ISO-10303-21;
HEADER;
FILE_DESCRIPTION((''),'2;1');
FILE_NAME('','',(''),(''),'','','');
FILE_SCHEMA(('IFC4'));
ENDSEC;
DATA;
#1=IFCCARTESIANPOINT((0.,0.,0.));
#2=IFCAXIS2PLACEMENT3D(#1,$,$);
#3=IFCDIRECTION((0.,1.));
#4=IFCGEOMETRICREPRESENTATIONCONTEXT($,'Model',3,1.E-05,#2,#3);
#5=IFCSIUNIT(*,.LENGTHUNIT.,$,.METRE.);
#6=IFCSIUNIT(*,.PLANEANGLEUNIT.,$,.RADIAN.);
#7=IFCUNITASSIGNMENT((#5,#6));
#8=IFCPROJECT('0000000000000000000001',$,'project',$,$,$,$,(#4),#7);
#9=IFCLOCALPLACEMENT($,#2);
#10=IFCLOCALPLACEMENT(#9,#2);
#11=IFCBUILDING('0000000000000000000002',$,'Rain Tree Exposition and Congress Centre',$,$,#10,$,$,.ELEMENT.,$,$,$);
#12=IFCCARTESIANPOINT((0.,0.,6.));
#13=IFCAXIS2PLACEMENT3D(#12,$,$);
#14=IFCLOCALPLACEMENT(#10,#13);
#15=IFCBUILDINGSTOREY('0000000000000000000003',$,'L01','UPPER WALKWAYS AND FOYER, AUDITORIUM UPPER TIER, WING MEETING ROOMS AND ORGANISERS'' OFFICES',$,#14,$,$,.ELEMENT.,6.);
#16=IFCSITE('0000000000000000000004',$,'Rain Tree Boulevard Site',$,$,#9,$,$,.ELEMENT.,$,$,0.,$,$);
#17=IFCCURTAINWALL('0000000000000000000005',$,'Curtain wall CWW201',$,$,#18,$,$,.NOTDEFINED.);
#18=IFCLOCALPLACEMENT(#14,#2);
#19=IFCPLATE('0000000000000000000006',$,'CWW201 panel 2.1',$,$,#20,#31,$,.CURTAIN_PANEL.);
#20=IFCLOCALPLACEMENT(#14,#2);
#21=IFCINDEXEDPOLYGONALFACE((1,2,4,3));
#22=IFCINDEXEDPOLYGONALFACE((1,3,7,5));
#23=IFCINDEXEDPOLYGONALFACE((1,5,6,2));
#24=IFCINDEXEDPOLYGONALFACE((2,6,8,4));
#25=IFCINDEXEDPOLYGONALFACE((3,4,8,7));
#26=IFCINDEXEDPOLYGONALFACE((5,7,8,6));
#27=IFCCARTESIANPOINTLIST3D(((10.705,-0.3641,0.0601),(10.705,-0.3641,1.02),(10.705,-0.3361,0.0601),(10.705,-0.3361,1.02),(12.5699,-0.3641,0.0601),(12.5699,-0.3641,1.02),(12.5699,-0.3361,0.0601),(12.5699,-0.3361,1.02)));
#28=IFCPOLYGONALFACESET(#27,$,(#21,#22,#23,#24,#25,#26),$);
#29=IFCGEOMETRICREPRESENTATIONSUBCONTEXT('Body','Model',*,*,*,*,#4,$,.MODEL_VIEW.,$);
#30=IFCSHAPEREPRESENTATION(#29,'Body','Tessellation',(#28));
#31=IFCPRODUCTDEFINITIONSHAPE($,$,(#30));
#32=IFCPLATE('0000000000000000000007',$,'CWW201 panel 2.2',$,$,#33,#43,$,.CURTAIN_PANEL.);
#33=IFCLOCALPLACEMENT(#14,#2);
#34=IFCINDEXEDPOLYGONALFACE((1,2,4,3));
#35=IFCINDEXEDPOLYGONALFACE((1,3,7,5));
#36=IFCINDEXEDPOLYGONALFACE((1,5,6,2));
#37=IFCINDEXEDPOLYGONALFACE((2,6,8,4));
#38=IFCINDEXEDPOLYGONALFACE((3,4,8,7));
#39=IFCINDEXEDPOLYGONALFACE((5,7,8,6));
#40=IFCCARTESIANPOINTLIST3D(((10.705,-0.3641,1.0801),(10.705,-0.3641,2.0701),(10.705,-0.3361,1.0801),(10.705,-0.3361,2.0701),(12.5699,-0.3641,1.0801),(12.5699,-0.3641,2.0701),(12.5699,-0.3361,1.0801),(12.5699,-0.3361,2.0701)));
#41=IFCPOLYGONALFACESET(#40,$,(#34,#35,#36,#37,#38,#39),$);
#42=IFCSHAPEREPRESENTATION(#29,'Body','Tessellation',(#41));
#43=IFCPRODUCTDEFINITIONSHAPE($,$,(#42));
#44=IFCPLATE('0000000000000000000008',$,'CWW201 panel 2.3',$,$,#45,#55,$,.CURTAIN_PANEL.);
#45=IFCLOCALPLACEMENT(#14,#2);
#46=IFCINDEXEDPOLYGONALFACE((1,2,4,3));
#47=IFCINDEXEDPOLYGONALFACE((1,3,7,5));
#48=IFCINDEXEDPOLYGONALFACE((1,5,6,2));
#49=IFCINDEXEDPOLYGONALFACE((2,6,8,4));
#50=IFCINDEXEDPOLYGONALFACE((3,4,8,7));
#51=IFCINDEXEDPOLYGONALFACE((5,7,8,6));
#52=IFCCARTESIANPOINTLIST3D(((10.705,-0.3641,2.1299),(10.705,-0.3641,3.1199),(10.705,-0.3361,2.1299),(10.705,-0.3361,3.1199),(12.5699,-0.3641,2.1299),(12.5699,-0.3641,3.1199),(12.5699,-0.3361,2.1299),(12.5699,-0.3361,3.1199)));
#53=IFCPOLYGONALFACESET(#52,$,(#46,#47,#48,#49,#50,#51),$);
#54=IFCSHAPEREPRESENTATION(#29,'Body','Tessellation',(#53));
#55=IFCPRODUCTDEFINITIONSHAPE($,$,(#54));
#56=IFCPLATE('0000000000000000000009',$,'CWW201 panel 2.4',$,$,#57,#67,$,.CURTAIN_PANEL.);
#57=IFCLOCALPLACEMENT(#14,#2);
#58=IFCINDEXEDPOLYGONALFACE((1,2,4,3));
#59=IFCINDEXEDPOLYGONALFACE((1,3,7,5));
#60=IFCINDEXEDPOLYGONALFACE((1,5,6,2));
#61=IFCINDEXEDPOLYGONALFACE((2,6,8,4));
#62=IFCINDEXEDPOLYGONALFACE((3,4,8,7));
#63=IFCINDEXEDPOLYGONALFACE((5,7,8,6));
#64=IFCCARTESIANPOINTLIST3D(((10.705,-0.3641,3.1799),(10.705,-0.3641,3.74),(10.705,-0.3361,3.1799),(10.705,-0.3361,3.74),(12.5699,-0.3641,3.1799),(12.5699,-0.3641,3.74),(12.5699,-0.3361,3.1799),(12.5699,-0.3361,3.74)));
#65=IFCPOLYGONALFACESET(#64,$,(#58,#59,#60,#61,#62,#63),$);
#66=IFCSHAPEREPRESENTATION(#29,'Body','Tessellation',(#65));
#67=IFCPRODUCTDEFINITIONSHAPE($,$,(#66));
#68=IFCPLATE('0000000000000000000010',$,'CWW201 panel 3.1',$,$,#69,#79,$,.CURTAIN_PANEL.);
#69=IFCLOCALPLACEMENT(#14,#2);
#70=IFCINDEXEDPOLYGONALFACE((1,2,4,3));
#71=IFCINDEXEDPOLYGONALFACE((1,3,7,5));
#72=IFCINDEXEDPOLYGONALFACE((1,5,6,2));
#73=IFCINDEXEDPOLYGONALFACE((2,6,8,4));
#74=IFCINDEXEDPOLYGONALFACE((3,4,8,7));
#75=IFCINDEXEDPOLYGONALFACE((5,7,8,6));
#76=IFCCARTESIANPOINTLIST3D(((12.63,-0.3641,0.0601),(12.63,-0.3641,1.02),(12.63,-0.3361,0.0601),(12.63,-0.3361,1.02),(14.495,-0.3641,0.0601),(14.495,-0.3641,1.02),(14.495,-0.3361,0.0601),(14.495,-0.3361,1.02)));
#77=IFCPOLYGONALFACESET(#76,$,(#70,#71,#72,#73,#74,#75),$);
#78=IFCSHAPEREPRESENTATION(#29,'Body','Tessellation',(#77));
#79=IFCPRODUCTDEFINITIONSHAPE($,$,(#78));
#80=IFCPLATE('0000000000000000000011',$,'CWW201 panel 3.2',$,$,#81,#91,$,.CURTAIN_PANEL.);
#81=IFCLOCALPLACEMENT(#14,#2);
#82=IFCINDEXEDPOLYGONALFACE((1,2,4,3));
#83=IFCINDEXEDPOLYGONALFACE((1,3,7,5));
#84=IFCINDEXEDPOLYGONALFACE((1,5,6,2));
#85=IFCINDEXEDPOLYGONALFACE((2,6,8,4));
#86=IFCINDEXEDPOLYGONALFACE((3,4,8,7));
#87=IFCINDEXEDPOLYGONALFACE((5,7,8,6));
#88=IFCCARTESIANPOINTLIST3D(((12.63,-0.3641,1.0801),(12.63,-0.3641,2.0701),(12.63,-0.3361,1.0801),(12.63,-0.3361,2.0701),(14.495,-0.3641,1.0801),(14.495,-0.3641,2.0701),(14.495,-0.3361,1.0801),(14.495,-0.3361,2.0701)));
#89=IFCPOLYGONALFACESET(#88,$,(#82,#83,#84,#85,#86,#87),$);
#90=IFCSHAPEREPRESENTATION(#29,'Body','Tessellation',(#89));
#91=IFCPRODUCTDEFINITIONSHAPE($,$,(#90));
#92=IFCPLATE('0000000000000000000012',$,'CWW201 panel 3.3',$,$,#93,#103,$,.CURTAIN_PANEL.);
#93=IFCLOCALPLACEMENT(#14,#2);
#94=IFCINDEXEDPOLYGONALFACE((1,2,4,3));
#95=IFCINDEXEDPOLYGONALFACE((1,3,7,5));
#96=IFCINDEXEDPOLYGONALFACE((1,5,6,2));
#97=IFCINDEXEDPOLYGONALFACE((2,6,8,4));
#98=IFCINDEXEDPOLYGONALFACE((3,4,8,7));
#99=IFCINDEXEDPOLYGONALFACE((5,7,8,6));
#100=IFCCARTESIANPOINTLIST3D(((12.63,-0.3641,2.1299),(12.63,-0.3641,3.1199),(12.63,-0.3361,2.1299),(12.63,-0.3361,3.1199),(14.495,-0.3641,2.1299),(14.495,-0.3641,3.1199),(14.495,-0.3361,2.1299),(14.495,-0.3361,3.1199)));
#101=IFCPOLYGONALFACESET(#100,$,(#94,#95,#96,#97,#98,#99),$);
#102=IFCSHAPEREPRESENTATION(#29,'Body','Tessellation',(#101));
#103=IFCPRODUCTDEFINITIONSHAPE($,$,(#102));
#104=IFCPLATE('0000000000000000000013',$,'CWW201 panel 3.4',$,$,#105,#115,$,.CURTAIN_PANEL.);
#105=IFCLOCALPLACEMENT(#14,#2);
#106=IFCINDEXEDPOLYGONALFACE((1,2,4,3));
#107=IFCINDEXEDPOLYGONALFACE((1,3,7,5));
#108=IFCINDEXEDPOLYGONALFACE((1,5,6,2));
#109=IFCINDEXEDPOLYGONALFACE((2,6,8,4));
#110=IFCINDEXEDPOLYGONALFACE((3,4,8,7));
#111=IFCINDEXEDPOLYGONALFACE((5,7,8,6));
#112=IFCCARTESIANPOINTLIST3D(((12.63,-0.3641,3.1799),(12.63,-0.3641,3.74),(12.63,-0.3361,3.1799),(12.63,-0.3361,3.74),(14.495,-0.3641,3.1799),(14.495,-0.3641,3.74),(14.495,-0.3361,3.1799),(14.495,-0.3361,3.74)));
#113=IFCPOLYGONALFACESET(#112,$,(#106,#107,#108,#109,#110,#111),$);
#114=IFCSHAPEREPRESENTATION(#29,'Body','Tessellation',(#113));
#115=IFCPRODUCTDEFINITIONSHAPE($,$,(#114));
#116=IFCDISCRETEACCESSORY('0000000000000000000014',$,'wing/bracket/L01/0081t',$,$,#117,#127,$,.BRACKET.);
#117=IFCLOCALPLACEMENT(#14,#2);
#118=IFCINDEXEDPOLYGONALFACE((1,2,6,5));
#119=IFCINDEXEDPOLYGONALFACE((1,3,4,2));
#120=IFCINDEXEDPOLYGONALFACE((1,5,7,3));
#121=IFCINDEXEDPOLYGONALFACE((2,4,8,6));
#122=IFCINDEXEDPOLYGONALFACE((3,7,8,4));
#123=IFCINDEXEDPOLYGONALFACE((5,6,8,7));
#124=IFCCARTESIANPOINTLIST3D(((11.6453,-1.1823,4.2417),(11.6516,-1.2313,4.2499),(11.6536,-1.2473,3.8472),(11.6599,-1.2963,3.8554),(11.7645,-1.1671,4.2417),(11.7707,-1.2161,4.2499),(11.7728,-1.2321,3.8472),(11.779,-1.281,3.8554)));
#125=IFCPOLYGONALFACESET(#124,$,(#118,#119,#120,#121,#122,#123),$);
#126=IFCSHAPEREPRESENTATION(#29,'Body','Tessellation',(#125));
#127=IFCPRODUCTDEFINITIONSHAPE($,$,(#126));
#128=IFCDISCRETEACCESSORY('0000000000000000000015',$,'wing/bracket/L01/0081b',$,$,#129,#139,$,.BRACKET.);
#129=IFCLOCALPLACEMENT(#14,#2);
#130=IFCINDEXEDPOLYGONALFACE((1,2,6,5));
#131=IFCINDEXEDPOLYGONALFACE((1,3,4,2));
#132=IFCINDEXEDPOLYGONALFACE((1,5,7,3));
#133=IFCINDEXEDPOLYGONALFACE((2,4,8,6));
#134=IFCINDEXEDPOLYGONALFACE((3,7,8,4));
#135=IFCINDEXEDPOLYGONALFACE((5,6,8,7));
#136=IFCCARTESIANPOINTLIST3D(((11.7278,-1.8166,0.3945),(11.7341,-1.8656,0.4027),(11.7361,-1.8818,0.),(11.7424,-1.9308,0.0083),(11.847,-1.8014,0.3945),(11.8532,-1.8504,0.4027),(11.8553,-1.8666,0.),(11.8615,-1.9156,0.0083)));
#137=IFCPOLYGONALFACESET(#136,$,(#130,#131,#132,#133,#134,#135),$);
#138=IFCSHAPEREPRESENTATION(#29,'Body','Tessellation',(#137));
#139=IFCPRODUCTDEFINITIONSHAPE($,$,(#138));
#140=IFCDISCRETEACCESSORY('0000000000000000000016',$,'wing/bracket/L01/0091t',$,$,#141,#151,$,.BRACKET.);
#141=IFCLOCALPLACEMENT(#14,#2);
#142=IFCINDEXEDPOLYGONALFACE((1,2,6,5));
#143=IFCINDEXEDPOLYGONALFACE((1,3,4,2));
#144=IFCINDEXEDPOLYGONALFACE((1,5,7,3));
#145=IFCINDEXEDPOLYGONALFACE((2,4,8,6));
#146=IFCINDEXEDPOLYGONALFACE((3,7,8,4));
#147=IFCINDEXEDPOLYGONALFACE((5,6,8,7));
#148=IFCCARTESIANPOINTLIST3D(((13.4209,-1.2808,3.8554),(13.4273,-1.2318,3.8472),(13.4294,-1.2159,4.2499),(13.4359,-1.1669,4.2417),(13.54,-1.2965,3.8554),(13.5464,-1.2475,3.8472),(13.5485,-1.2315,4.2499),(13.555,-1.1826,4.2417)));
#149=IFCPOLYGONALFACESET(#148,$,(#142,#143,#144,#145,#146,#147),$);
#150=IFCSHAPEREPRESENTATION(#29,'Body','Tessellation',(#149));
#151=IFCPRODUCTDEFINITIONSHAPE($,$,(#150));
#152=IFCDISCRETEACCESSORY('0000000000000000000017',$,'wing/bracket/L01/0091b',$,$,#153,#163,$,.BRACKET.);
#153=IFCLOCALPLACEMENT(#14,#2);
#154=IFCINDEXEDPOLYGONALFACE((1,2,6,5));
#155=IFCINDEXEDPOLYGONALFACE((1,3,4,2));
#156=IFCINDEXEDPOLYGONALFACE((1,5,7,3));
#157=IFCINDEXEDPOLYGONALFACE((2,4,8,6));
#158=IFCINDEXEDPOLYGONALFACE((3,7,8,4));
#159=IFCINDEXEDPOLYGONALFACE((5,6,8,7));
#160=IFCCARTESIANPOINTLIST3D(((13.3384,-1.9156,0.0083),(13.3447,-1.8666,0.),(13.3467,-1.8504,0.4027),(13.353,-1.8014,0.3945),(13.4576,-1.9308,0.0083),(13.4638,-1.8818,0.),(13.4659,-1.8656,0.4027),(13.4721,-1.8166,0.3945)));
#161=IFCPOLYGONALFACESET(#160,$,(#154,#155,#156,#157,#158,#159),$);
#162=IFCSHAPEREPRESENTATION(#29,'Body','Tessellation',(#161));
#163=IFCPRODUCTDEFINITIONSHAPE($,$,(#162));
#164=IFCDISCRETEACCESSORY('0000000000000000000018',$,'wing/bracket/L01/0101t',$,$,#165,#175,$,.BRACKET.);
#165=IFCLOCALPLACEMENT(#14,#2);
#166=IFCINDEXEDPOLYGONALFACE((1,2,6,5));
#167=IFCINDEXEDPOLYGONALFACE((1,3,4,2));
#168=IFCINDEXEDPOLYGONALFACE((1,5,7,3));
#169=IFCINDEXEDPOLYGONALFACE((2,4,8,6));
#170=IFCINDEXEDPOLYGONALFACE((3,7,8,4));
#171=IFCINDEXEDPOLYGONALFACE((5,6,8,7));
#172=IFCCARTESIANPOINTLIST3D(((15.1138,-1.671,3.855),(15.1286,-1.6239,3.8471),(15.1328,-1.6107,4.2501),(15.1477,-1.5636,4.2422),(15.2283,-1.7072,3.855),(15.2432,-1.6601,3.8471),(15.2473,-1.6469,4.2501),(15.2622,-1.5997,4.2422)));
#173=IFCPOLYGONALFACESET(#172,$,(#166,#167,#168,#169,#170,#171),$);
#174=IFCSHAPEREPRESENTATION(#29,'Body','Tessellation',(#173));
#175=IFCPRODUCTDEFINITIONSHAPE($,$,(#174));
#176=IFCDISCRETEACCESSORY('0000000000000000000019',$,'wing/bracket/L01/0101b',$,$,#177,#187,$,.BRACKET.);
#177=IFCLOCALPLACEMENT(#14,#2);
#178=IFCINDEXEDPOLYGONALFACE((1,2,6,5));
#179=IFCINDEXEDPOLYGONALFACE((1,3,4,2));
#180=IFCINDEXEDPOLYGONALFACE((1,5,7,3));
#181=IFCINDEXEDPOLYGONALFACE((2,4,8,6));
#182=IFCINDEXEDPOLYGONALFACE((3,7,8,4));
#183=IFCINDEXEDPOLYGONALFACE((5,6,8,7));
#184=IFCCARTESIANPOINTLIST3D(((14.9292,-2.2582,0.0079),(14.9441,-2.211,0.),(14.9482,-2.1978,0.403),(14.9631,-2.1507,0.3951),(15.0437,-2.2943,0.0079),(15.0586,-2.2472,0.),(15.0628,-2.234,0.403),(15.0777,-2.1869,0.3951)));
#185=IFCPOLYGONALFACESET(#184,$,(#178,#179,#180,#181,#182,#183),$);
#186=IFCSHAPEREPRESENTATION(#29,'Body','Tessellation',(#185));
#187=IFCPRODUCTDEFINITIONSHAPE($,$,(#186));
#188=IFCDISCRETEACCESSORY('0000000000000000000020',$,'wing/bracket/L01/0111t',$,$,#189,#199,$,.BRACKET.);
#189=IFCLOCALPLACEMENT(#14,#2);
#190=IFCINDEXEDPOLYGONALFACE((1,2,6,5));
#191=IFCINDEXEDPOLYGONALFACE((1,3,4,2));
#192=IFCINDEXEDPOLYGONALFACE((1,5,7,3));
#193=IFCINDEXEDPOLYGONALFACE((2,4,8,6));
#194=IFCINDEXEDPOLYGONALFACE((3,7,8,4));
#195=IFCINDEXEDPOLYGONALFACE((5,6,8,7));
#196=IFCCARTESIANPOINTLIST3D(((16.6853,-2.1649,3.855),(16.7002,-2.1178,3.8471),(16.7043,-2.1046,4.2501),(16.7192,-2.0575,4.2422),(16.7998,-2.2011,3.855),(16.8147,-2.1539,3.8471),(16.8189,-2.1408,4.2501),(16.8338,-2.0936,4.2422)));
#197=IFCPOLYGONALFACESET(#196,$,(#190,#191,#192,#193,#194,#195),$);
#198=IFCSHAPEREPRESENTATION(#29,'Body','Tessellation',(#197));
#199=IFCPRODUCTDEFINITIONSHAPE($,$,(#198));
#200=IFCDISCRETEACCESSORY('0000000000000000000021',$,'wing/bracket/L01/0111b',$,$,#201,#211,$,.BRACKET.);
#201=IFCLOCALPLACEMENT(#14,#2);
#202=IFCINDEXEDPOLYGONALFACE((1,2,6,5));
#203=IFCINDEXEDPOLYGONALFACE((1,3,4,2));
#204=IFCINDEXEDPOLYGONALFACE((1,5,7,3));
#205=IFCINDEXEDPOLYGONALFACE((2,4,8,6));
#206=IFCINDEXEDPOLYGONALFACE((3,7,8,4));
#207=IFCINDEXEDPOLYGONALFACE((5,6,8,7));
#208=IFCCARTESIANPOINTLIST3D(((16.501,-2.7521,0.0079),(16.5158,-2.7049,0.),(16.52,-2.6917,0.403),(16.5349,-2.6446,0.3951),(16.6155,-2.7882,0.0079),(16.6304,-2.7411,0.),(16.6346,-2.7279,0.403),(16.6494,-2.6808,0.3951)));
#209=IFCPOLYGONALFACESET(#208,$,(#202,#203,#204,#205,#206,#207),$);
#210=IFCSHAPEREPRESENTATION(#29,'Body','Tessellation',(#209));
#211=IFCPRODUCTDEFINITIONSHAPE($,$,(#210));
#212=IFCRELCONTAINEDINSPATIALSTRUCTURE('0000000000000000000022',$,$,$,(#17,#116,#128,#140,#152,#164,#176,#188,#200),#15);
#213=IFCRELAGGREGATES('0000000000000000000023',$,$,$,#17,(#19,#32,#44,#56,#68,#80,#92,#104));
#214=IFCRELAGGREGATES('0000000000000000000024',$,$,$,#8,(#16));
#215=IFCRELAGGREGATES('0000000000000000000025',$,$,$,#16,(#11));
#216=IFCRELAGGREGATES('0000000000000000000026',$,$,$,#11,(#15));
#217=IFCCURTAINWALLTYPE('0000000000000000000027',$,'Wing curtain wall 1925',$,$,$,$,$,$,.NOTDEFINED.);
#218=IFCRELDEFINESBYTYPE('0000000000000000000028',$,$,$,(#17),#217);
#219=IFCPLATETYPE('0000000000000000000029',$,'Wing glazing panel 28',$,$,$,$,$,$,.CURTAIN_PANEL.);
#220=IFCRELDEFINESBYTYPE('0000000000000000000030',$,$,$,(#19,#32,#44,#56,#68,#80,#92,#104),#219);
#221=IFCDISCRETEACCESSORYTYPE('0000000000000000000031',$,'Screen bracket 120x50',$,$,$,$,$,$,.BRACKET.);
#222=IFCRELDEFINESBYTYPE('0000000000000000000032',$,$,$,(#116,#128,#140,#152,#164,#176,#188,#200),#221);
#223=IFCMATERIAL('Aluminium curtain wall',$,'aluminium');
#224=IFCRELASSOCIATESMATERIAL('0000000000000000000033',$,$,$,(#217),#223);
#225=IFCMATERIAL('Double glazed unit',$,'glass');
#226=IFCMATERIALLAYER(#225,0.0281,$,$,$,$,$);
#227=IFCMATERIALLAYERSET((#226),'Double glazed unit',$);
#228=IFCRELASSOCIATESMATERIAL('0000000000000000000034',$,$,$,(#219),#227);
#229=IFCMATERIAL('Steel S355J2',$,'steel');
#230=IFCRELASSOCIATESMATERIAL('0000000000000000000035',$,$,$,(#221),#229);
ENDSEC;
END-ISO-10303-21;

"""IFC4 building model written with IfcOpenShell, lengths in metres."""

from ifc_helpers import new_model, si_unit, direction, frame, origin, origin_2d, place, context, subcontext, project, spatial, rectangle, extrude, material, layer, layer_set, material_profile, profile_set, type_object, element, aggregate, save


model = new_model("IFC4")

# Units and contexts
model_context = context("Model", 3, precision=1e-05, world=origin(), true_north=direction((0.0, 1.0)))
body_context = subcontext(model_context, "Body", "Model", "MODEL_VIEW")
ifc_project = project(units=[si_unit("LENGTHUNIT", "METRE"), si_unit("PLANEANGLEUNIT", "RADIAN")], contexts=[model_context])

# Site, building, storey
site_placement = place(None, origin())
site = spatial("IfcSite", under=ifc_project, at=site_placement, Name="Rain Tree Boulevard Site", CompositionType="ELEMENT", RefElevation=0.0)
building_placement = place(site_placement, origin())
building = spatial("IfcBuilding", under=site, at=building_placement, Name="Rain Tree Exposition and Congress Centre", CompositionType="ELEMENT")
storey_placement = place(building_placement, frame((0.0, 0.0, 6.0)))
storey = spatial("IfcBuildingStorey", under=building, at=storey_placement, Name="L01", Description="UPPER WALKWAYS AND FOYER, AUDITORIUM UPPER TIER, WING MEETING ROOMS AND ORGANISERS' OFFICES", CompositionType="ELEMENT", Elevation=6.0)

# Curtain wall, plates
ifc_material_1 = material(Name="Aluminium curtain wall", Category="aluminium")
curtain_wall_type = type_object("IfcCurtainWallType", Name="Wing curtain wall 1925", PredefinedType="NOTDEFINED", material=ifc_material_1)
curtain_wall_placement = place(storey_placement, origin())
curtain_wall = element("IfcCurtainWall", 1, at=curtain_wall_placement, inside=storey, type_object=curtain_wall_type, Name="Curtain wall CWW201", PredefinedType="NOTDEFINED")
ifc_material_2 = material(Name="Double glazed unit", Category="glass")
ifc_layer_1 = layer(ifc_material_2, 0.0281)
ifc_layer_set_1 = layer_set([ifc_layer_1], Name="Double glazed unit")
plate_type = type_object("IfcPlateType", Name="Wing glazing panel 28", PredefinedType="CURTAIN_PANEL", material=ifc_layer_set_1)
plate_1_placement = place(storey_placement, frame((11.6375, -0.3501, 0.0601), z_axis=(0.0, 0.0, 1.0), x_axis=(1.0, 0.0, 0.0)))
plate_1 = element("IfcPlate", 2, at=plate_1_placement, type_object=plate_type, Name="CWW201 panel 2.1", PredefinedType="CURTAIN_PANEL", context=body_context, shape_type="SweptSolid", body=[
    extrude(rectangle(XDim=1.865, YDim=0.0281, at=origin_2d()), origin(), (0.0, 0.0, 1.0), 0.96),
])
plate_2_placement = place(storey_placement, frame((11.6375, -0.3501, 1.0801), z_axis=(0.0, 0.0, 1.0), x_axis=(1.0, 0.0, 0.0)))
plate_2 = element("IfcPlate", 3, at=plate_2_placement, type_object=plate_type, Name="CWW201 panel 2.2", PredefinedType="CURTAIN_PANEL", context=body_context, shape_type="SweptSolid", body=[
    extrude(rectangle(XDim=1.865, YDim=0.0281, at=origin_2d()), origin(), (0.0, 0.0, 1.0), 0.99),
])
plate_3_placement = place(storey_placement, frame((11.6375, -0.3501, 2.1299), z_axis=(0.0, 0.0, 1.0), x_axis=(1.0, 0.0, 0.0)))
plate_3 = element("IfcPlate", 4, at=plate_3_placement, type_object=plate_type, Name="CWW201 panel 2.3", PredefinedType="CURTAIN_PANEL", context=body_context, shape_type="SweptSolid", body=[
    extrude(rectangle(XDim=1.865, YDim=0.0281, at=origin_2d()), origin(), (0.0, 0.0, 1.0), 0.99),
])
plate_4_placement = place(storey_placement, frame((11.6375, -0.3501, 3.1799), z_axis=(0.0, 0.0, 1.0), x_axis=(1.0, 0.0, 0.0)))
plate_4 = element("IfcPlate", 5, at=plate_4_placement, type_object=plate_type, Name="CWW201 panel 2.4", PredefinedType="CURTAIN_PANEL", context=body_context, shape_type="SweptSolid", body=[
    extrude(rectangle(XDim=1.865, YDim=0.0281, at=origin_2d()), origin(), (0.0, 0.0, 1.0), 0.5601),
])
plate_5_placement = place(storey_placement, frame((13.5625, -0.3501, 0.0601), z_axis=(0.0, 0.0, 1.0), x_axis=(1.0, 0.0, 0.0)))
plate_5 = element("IfcPlate", 6, at=plate_5_placement, type_object=plate_type, Name="CWW201 panel 3.1", PredefinedType="CURTAIN_PANEL", context=body_context, shape_type="SweptSolid", body=[
    extrude(rectangle(XDim=1.865, YDim=0.0281, at=origin_2d()), origin(), (0.0, 0.0, 1.0), 0.96),
])
plate_6_placement = place(storey_placement, frame((13.5625, -0.3501, 1.0801), z_axis=(0.0, 0.0, 1.0), x_axis=(1.0, 0.0, 0.0)))
plate_6 = element("IfcPlate", 7, at=plate_6_placement, type_object=plate_type, Name="CWW201 panel 3.2", PredefinedType="CURTAIN_PANEL", context=body_context, shape_type="SweptSolid", body=[
    extrude(rectangle(XDim=1.865, YDim=0.0281, at=origin_2d()), origin(), (0.0, 0.0, 1.0), 0.99),
])
plate_7_placement = place(storey_placement, frame((13.5625, -0.3501, 2.1299), z_axis=(0.0, 0.0, 1.0), x_axis=(1.0, 0.0, 0.0)))
plate_7 = element("IfcPlate", 8, at=plate_7_placement, type_object=plate_type, Name="CWW201 panel 3.3", PredefinedType="CURTAIN_PANEL", context=body_context, shape_type="SweptSolid", body=[
    extrude(rectangle(XDim=1.865, YDim=0.0281, at=origin_2d()), origin(), (0.0, 0.0, 1.0), 0.99),
])
plate_8_placement = place(storey_placement, frame((13.5625, -0.3501, 3.1799), z_axis=(0.0, 0.0, 1.0), x_axis=(1.0, 0.0, 0.0)))
plate_8 = element("IfcPlate", 9, at=plate_8_placement, type_object=plate_type, Name="CWW201 panel 3.4", PredefinedType="CURTAIN_PANEL", context=body_context, shape_type="SweptSolid", body=[
    extrude(rectangle(XDim=1.865, YDim=0.0281, at=origin_2d()), origin(), (0.0, 0.0, 1.0), 0.5601),
])
aggregate(curtain_wall, [plate_1, plate_2, plate_3, plate_4, plate_5, plate_6, plate_7, plate_8])

# Discrete accessories
ifc_material_3 = material(Name="Steel S355J2", Category="steel")
ifc_material_profile_1 = material_profile(ifc_material_3, rectangle(XDim=0.1201, YDim=0.05, at=origin_2d()), Name="Flat bar 120x50")
ifc_profile_set_1 = profile_set([ifc_material_profile_1], Name="Steel S355J2")
discrete_accessory_type = type_object("IfcDiscreteAccessoryType", Name="Screen bracket 120x50", PredefinedType="BRACKET", material=ifc_profile_set_1)
for number, where, z_axis, x_axis, name in (
    (10, (11.7163, -1.2642, 3.8513), (-0.020756, 0.162383, 0.986509), (-0.99193, -0.126788, 0.0), "wing/bracket/L01/0081t"),
    (11, (11.7988, -1.8987, 0.0042), (-0.020754, 0.162978, 0.986411), (-0.991989, -0.126321, 0.0), "wing/bracket/L01/0081b"),
    (12, (13.4836, -1.2642, 3.8513), (0.021366, 0.162381, 0.986497), (-0.991454, 0.130455, 0.0), "wing/bracket/L01/0091t"),
    (13, (13.4011, -1.8987, 0.0042), (0.020754, 0.162978, 0.986411), (-0.991989, 0.126321, 0.0), "wing/bracket/L01/0091b"),
):
    element("IfcDiscreteAccessory", number, at=place(storey_placement, frame(where, z_axis=z_axis, x_axis=x_axis)), inside=storey, type_object=discrete_accessory_type, Name=name, PredefinedType="BRACKET", context=body_context, shape_type="SweptSolid", body=[
        extrude(rectangle(XDim=0.1201, YDim=0.05, at=origin_2d()), origin(), (0.0, 0.0, 1.0), 0.3999),
    ])
for number, where, z_axis, x_axis, name in (
    (14, (15.1785, -1.6655, 3.8511), (0.047602, 0.150738, 0.987427), (-0.953583, 0.301131, 0.0), "wing/bracket/L01/0101t"),
    (15, (14.9939, -2.2527, 0.0039), (0.047602, 0.150738, 0.987427), (-0.953583, 0.301131, 0.0), "wing/bracket/L01/0101b"),
    (16, (16.75, -2.1594, 3.8511), (0.047602, 0.150738, 0.987427), (-0.953583, 0.301131, 0.0), "wing/bracket/L01/0111t"),
    (17, (16.5657, -2.7466, 0.0039), (0.047602, 0.150738, 0.987427), (-0.953583, 0.301131, 0.0), "wing/bracket/L01/0111b"),
):
    element("IfcDiscreteAccessory", number, at=place(storey_placement, frame(where, z_axis=z_axis, x_axis=x_axis)), inside=storey, type_object=discrete_accessory_type, Name=name, PredefinedType="BRACKET", context=body_context, shape_type="SweptSolid", body=[
        extrude(rectangle(XDim=0.1201, YDim=0.05, at=origin_2d()), origin(), (0.0, 0.0, 1.0), 0.4001),
    ])

save(model, "model.ifc")
